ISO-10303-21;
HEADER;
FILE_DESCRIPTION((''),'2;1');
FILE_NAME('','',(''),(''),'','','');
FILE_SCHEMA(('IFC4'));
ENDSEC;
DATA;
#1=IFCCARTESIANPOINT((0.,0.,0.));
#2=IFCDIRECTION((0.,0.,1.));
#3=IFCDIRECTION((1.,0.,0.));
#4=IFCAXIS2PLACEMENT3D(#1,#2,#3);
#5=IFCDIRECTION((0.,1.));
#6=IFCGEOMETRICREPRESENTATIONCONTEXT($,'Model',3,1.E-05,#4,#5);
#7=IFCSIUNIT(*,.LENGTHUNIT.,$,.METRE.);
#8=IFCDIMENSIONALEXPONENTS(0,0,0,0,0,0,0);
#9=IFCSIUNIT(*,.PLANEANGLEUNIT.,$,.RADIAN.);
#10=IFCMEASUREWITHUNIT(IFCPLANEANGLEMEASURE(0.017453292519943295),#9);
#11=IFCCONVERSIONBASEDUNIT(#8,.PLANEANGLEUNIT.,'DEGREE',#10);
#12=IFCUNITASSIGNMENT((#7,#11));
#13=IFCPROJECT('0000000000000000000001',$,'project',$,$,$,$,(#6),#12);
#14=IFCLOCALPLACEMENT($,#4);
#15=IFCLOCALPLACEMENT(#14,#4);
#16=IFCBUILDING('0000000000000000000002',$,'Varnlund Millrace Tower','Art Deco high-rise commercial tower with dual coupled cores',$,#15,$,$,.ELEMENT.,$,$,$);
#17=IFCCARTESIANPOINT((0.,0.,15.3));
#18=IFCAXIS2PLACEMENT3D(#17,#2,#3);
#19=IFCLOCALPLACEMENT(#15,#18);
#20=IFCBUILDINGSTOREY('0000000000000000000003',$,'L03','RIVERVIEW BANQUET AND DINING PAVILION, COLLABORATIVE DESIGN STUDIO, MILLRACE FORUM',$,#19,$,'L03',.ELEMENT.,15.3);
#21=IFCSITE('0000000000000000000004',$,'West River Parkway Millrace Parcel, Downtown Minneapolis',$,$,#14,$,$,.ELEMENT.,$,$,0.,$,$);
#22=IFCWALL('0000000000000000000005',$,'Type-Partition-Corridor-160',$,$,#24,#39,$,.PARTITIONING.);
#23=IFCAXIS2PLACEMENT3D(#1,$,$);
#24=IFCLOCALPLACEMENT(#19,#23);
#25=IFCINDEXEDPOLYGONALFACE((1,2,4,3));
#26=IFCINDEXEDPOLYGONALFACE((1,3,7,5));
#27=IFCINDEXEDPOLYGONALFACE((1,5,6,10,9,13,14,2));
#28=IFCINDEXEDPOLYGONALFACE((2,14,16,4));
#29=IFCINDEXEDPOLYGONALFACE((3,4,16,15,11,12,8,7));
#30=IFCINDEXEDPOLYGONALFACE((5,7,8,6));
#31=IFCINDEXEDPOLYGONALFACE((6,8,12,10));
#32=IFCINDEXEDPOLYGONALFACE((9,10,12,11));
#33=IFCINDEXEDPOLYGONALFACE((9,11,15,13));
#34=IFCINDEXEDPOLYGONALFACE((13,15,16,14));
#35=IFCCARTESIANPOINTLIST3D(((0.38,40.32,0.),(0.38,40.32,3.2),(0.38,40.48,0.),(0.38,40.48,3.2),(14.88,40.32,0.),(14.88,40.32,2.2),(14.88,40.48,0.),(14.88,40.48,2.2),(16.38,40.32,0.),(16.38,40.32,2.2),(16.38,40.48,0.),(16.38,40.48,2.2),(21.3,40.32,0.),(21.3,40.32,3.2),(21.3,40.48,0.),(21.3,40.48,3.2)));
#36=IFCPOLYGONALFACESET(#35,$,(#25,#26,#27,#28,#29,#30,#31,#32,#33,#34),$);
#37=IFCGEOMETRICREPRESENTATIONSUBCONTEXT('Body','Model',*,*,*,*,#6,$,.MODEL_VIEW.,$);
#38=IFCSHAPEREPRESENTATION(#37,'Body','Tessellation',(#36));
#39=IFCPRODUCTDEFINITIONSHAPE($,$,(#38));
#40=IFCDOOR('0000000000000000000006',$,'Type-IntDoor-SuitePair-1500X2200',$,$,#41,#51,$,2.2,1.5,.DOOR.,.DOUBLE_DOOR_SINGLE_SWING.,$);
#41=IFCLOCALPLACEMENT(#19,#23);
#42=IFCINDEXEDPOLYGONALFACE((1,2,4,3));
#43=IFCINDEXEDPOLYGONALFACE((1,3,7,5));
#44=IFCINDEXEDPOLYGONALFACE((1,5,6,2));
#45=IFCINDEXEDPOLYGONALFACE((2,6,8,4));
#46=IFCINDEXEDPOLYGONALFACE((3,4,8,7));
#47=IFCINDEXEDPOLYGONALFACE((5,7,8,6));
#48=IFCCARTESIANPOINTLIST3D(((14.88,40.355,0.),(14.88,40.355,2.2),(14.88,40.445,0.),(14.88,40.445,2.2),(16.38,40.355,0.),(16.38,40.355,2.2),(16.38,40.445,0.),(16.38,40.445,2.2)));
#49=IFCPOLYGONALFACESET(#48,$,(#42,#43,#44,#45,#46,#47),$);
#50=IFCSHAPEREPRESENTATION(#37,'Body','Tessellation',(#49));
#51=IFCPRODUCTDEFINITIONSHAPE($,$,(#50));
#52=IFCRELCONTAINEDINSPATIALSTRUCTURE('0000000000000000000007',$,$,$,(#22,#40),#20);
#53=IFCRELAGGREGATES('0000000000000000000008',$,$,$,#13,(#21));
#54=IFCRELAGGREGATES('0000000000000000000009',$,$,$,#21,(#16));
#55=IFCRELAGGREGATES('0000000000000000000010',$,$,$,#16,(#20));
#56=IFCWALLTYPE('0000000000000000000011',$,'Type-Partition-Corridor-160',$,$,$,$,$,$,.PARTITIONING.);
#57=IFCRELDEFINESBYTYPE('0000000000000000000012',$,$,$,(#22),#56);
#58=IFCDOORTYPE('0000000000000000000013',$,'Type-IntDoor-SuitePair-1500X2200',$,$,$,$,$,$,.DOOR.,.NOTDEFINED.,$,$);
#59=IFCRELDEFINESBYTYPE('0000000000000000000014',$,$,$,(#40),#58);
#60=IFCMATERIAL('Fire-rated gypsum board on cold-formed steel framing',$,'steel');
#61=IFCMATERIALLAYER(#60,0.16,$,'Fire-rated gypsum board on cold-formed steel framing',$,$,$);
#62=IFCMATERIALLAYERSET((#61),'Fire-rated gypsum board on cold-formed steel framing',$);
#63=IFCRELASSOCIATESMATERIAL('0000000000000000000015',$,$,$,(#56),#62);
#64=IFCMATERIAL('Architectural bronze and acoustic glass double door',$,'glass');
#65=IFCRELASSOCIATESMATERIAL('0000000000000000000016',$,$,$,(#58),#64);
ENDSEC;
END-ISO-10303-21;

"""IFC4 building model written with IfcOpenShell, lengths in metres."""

from ifc_helpers import new_model, entity, si_unit, converted_unit, direction, frame, origin_with_axes, origin_2d_with_axis, place, context, subcontext, project, spatial, polyline, rectangle, outline, extrude, material, layer, layer_set, type_object, element, fill, save


model = new_model("IFC4")

# Units and contexts
model_context = context("Model", 3, precision=1e-05, world=origin_with_axes(), true_north=direction((0.0, 1.0)))
body_context = subcontext(model_context, "Body", "Model", "MODEL_VIEW")
ifc_project = project(units=[si_unit("LENGTHUNIT", "METRE"), converted_unit("PLANEANGLEUNIT", "DEGREE", entity("IfcPlaneAngleMeasure", 0.017453292519943295), si_unit("PLANEANGLEUNIT", "RADIAN"), dimensions=[0, 0, 0, 0, 0, 0, 0])], contexts=[model_context])

# Site, building, storey
site_placement = place(None, origin_with_axes())
site = spatial("IfcSite", under=ifc_project, at=site_placement, Name="West River Parkway Millrace Parcel, Downtown Minneapolis", CompositionType="ELEMENT", RefElevation=0.0)
building_placement = place(site_placement, origin_with_axes())
building = spatial("IfcBuilding", under=site, at=building_placement, Name="Varnlund Millrace Tower", Description="Art Deco high-rise commercial tower with dual coupled cores", CompositionType="ELEMENT")
storey_placement = place(building_placement, frame((0.0, 0.0, 15.3), z_axis=(0.0, 0.0, 1.0), x_axis=(1.0, 0.0, 0.0)))
storey = spatial("IfcBuildingStorey", under=building, at=storey_placement, Name="L03", Description="RIVERVIEW BANQUET AND DINING PAVILION, COLLABORATIVE DESIGN STUDIO, MILLRACE FORUM", LongName="L03", CompositionType="ELEMENT", Elevation=15.3)

# Wall, opening, door
ifc_material_1 = material(Name="Fire-rated gypsum board on cold-formed steel framing", Category="steel")
ifc_layer_1 = layer(ifc_material_1, 0.16, Name="Fire-rated gypsum board on cold-formed steel framing")
ifc_layer_set_1 = layer_set([ifc_layer_1], Name="Fire-rated gypsum board on cold-formed steel framing")
wall_type_1 = type_object("IfcWallType", Name="Type-Partition-Corridor-160", PredefinedType="PARTITIONING", material=ifc_layer_set_1)
wall_1_placement = place(storey_placement, frame((0.38, 40.4, 0.0), z_axis=(0.0, 0.0, 1.0), x_axis=(1.0, 0.0, 0.0)))
wall_1 = element("IfcWall", 1, at=wall_1_placement, inside=storey, type_object=wall_type_1, Name="Type-Partition-Corridor-160", PredefinedType="PARTITIONING", context=body_context, shape_type="SweptSolid", body=[
    extrude(outline(polyline([(0.0, -0.08), (20.92, -0.08), (20.92, 0.08), (0.0, 0.08), (0.0, -0.08)])), origin_with_axes(), (0.0, 0.0, 1.0), 3.2),
])
opening_1_placement = place(wall_1_placement, frame((15.25, 0.0, 0.0), z_axis=(0.0, 0.0, 1.0), x_axis=(1.0, 0.0, 0.0)))
opening_1 = element("IfcOpeningElement", 2, at=opening_1_placement, cuts=wall_1, PredefinedType="OPENING", context=body_context, shape_type="SweptSolid", body=[
    extrude(rectangle(XDim=1.5, YDim=0.18, at=origin_2d_with_axis()), origin_with_axes(), (0.0, 0.0, 1.0), 2.2),
])
ifc_material_2 = material(Name="Architectural bronze and acoustic glass double door", Category="glass")
door_type_1 = type_object("IfcDoorType", Name="Type-IntDoor-SuitePair-1500X2200", OperationType="NOTDEFINED", PredefinedType="DOOR", material=ifc_material_2)
door_1_placement = place(wall_1_placement, frame((15.25, 0.0, 0.0), z_axis=(0.0, 0.0, 1.0), x_axis=(1.0, 0.0, 0.0)))
door_1 = element("IfcDoor", 3, at=door_1_placement, inside=storey, type_object=door_type_1, Name="Type-IntDoor-SuitePair-1500X2200", OperationType="DOUBLE_DOOR_SINGLE_SWING", OverallHeight=2.2, OverallWidth=1.5, PredefinedType="DOOR", context=body_context, shape_type="SweptSolid", body=[
    extrude(rectangle(XDim=1.5, YDim=0.09, at=origin_2d_with_axis()), origin_with_axes(), (0.0, 0.0, 1.0), 2.2),
])
fill(opening_1, door_1)

save(model, "model.ifc")
